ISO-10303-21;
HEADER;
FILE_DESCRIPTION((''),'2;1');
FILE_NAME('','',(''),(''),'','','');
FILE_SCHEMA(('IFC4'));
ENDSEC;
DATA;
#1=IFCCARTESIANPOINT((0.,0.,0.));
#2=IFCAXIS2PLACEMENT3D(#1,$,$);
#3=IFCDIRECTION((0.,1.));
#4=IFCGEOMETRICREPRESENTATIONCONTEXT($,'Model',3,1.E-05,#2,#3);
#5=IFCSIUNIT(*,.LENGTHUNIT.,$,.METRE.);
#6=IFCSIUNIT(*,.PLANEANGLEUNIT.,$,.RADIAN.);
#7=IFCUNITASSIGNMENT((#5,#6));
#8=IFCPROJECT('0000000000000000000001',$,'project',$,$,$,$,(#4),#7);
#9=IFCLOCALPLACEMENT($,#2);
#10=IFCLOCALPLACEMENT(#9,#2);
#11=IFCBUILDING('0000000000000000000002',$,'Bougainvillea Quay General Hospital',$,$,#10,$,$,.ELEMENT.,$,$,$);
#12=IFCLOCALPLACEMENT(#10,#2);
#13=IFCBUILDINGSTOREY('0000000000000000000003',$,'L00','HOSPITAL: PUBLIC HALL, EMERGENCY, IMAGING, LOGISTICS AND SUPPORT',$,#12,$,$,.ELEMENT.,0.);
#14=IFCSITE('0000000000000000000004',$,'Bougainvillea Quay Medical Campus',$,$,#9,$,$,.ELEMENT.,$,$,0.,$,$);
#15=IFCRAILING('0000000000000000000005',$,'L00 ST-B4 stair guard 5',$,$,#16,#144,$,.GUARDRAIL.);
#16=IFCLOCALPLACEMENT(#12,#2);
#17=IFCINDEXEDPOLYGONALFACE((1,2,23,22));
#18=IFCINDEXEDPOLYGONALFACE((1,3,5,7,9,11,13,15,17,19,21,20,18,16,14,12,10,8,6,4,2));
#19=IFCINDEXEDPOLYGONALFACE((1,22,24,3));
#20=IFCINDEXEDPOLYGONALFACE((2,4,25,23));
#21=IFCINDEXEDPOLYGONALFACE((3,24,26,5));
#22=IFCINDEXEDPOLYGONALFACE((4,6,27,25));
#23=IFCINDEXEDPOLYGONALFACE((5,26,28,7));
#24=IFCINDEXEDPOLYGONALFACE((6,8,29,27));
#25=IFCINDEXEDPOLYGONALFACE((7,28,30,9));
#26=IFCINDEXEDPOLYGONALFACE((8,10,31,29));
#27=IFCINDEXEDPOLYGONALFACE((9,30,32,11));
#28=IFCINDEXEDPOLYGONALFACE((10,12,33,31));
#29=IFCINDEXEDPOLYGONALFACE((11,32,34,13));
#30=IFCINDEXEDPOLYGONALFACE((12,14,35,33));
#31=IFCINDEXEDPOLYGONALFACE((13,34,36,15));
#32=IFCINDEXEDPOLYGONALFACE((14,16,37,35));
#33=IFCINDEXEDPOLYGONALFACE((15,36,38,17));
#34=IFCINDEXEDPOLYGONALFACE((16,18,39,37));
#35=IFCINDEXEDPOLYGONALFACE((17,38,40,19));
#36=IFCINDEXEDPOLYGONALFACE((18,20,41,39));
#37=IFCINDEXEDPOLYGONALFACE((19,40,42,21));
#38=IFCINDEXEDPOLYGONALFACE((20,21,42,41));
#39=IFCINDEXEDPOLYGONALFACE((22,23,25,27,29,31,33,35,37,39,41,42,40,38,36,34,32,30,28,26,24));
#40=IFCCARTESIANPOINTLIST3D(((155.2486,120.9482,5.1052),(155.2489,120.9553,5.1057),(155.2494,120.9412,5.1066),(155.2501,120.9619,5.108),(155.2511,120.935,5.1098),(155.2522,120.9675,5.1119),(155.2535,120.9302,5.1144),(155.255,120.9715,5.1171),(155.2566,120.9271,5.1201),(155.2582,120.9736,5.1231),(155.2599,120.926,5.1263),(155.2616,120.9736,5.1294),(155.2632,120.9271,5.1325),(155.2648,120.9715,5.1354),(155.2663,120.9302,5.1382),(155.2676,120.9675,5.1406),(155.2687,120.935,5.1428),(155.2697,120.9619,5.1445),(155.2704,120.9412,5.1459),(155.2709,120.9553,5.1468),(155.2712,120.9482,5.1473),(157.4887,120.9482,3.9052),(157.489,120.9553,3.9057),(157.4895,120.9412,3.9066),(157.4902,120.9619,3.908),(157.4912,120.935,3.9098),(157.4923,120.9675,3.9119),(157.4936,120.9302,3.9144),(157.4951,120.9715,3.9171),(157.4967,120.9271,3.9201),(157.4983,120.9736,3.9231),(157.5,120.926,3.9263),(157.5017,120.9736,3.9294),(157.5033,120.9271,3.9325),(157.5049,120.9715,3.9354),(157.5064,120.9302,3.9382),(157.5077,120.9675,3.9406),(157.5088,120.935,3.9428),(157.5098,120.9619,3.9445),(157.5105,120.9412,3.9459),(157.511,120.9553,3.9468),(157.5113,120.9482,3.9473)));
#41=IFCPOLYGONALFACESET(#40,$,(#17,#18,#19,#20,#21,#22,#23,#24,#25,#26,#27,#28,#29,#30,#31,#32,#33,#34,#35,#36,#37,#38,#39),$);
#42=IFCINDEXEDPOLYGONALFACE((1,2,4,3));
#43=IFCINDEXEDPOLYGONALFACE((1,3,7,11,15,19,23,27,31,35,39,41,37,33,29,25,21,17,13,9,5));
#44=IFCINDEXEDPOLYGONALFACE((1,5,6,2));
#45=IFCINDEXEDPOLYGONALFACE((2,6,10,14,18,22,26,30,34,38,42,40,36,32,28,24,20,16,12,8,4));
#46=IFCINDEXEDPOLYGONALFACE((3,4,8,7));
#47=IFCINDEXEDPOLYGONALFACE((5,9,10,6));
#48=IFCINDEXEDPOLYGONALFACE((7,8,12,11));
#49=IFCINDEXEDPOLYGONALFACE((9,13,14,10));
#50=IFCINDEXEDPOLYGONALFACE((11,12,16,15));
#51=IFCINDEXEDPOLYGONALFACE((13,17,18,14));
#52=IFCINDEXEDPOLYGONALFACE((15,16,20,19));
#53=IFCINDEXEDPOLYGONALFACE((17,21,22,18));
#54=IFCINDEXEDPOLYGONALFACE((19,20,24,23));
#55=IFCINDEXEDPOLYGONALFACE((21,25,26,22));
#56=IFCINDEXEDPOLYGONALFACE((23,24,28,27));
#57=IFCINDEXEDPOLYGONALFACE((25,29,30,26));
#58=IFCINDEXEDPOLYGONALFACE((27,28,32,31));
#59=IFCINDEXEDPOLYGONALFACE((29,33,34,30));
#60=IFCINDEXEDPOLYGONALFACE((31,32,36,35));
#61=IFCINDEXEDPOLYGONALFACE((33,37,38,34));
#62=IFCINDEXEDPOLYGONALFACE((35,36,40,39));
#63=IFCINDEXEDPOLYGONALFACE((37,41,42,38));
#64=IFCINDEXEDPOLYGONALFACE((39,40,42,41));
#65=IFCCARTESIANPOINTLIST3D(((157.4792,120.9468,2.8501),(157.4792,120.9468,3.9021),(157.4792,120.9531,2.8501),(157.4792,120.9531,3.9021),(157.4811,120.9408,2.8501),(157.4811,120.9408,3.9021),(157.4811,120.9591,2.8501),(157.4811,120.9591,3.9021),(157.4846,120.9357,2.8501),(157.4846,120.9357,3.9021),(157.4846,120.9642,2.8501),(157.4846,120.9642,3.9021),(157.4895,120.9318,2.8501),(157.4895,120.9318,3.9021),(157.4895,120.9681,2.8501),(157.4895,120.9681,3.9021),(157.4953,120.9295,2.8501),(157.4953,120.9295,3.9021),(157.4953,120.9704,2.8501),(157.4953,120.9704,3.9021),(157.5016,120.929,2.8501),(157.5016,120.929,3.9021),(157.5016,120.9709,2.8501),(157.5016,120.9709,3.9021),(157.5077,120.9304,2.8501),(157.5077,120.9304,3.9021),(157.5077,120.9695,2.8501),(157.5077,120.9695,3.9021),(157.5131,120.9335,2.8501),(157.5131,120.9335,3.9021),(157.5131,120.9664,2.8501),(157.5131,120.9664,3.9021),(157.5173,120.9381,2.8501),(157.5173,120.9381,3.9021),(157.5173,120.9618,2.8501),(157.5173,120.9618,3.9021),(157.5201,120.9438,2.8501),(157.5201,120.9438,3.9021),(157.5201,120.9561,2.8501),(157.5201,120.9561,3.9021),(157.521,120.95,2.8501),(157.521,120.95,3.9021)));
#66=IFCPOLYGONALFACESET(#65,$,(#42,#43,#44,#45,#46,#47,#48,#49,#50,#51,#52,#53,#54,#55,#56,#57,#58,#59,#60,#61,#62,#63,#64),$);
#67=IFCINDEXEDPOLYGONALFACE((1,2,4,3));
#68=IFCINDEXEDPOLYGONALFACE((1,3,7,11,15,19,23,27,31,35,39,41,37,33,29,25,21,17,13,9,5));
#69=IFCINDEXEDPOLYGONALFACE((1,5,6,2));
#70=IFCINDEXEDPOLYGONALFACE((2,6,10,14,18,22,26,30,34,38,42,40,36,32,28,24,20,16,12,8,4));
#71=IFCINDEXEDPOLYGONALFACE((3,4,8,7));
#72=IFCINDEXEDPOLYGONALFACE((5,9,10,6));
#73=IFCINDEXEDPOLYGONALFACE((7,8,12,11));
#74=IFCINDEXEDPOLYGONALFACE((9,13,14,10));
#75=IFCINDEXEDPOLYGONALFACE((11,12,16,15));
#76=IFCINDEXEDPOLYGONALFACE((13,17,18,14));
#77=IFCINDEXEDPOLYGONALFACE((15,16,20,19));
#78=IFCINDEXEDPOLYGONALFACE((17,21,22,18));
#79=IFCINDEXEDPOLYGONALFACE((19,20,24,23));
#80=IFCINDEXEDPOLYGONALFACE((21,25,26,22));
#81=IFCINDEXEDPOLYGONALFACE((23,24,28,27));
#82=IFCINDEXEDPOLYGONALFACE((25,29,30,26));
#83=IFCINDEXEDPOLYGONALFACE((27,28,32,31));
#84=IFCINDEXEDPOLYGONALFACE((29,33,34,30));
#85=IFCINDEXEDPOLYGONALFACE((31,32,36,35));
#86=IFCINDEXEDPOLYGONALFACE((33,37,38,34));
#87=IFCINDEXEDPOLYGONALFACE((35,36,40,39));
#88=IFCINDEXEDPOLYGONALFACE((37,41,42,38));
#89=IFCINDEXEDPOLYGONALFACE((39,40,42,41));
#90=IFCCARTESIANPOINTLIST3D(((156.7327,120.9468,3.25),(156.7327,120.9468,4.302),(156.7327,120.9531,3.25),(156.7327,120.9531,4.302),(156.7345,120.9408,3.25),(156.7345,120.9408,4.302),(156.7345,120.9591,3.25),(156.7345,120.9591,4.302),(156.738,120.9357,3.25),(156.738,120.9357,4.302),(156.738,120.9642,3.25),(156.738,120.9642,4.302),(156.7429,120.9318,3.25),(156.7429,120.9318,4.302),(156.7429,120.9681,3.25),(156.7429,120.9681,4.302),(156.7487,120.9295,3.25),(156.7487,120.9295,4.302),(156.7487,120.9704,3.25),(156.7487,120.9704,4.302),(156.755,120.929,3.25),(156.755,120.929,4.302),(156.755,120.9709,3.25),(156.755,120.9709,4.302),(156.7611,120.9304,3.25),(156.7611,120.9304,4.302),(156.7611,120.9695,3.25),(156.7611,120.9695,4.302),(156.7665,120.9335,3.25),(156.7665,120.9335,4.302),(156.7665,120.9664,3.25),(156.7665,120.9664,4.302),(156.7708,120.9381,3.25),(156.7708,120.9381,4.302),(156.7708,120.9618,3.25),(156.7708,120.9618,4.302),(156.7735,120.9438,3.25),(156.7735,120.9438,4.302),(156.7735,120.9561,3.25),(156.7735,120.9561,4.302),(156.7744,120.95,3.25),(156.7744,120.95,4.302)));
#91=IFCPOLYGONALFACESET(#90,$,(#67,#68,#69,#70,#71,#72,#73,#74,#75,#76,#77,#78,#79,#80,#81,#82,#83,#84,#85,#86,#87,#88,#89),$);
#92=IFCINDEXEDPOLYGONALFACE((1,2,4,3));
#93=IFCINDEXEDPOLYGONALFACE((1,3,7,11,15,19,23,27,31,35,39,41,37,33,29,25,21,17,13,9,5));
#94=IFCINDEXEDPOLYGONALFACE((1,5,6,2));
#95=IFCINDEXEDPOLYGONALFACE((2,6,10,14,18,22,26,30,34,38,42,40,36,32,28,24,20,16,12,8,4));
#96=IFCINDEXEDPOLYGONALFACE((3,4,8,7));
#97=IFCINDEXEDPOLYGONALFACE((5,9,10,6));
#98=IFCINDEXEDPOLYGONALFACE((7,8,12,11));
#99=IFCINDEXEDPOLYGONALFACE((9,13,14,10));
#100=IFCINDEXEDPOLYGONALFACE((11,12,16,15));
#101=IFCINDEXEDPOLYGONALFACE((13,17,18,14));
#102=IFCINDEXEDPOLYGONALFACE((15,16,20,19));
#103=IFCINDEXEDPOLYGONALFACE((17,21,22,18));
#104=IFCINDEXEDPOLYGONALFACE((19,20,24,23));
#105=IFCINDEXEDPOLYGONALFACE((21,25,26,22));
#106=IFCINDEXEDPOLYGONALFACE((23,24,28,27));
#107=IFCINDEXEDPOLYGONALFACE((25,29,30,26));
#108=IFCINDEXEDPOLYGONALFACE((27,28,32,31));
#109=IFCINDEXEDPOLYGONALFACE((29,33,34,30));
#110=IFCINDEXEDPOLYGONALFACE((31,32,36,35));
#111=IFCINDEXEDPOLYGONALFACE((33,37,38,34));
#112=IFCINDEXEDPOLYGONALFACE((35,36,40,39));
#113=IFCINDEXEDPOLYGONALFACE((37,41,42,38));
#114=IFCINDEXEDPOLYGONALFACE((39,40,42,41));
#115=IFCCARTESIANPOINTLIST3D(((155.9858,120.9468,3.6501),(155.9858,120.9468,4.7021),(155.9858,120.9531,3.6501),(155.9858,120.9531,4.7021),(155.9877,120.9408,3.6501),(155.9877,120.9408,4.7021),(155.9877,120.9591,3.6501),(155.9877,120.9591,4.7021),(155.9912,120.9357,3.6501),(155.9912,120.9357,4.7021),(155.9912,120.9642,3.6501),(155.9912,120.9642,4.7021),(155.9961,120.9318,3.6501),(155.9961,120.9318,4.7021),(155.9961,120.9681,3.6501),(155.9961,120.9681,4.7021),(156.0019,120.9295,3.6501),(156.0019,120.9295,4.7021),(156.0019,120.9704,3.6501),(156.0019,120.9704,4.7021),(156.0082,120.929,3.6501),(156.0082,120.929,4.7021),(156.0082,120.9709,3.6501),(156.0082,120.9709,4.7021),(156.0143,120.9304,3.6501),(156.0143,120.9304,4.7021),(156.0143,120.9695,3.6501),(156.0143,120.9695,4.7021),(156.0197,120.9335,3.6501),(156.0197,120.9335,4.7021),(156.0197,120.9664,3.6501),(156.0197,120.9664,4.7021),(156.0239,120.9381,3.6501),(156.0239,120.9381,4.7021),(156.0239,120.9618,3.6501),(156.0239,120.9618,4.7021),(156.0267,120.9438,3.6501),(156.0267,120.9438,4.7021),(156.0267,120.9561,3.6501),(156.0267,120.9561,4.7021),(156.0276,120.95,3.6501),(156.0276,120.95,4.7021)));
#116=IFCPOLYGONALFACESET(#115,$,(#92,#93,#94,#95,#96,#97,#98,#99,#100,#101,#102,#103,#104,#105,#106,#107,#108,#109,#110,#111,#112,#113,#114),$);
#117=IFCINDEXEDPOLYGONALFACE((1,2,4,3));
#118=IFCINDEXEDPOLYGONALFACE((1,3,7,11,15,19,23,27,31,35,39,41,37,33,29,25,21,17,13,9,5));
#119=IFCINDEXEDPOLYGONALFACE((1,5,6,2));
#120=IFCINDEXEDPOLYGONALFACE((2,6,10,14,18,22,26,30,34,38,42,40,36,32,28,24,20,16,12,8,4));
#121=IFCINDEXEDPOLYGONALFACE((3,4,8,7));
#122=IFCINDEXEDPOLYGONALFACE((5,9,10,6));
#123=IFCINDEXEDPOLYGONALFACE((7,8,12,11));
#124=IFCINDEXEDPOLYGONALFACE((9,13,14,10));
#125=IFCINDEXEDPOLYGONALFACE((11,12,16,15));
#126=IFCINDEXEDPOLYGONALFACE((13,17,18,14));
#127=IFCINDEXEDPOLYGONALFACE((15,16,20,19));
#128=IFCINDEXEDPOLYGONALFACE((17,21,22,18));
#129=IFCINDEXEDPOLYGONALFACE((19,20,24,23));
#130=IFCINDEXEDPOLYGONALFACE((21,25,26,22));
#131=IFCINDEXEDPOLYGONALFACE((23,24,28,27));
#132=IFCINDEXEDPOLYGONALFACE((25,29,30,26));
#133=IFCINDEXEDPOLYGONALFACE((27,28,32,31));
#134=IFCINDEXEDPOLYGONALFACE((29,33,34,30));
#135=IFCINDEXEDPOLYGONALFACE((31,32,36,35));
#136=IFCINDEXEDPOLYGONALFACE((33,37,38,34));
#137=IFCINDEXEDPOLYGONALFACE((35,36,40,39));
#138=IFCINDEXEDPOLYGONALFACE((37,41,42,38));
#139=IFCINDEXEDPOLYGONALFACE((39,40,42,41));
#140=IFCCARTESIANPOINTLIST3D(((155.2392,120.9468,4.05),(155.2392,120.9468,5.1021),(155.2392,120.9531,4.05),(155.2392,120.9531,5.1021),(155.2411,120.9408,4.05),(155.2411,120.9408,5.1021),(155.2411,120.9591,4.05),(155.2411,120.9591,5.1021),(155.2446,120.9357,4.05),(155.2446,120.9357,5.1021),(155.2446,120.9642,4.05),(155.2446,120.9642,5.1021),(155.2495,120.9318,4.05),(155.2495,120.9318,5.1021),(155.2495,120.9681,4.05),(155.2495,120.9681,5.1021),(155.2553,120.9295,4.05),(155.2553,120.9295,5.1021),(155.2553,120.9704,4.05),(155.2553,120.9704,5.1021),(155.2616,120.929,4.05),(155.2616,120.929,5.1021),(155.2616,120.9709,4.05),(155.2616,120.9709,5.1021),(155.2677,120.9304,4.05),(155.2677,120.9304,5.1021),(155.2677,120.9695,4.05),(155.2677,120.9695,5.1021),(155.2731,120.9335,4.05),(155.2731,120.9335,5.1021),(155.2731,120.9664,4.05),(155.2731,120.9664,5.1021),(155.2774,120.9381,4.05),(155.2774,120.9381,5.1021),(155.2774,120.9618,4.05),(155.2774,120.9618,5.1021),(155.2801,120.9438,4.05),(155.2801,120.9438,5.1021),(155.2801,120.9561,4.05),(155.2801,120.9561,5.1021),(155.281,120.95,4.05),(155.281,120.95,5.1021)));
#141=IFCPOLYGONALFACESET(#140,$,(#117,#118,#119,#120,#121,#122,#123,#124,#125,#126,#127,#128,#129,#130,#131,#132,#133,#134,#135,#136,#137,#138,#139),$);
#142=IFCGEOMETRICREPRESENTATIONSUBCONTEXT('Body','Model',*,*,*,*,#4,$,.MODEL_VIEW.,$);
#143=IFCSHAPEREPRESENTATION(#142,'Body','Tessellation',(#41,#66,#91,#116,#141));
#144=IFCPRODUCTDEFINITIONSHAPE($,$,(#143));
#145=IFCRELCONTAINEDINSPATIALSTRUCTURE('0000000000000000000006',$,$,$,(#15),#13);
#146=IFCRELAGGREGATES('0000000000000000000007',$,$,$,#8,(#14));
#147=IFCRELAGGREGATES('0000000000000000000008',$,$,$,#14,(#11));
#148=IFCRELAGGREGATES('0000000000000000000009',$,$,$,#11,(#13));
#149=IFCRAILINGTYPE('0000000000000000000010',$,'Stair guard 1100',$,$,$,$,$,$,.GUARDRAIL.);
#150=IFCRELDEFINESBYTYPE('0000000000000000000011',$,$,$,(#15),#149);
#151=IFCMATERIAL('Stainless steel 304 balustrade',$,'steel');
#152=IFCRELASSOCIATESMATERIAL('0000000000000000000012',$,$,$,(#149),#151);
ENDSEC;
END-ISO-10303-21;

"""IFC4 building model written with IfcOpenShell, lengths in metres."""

from ifc_helpers import new_model, si_unit, direction, frame, origin, origin_2d, place, context, subcontext, project, spatial, circle, extrude, material, type_object, element, save


model = new_model("IFC4")

# Units and contexts
model_context = context("Model", 3, precision=1e-05, world=origin(), true_north=direction((0.0, 1.0)))
body_context = subcontext(model_context, "Body", "Model", "MODEL_VIEW")
ifc_project = project(units=[si_unit("LENGTHUNIT", "METRE"), si_unit("PLANEANGLEUNIT", "RADIAN")], contexts=[model_context])

# Site, building, storey
site_placement = place(None, origin())
site = spatial("IfcSite", under=ifc_project, at=site_placement, Name="Bougainvillea Quay Medical Campus", CompositionType="ELEMENT", RefElevation=0.0)
building_placement = place(site_placement, origin())
building = spatial("IfcBuilding", under=site, at=building_placement, Name="Bougainvillea Quay General Hospital", CompositionType="ELEMENT")
storey_placement = place(building_placement, origin())
storey = spatial("IfcBuildingStorey", under=building, at=storey_placement, Name="L00", Description="HOSPITAL: PUBLIC HALL, EMERGENCY, IMAGING, LOGISTICS AND SUPPORT", CompositionType="ELEMENT", Elevation=0.0)

# Railing
ifc_material_1 = material(Name="Stainless steel 304 balustrade", Category="steel")
railing_type_1 = type_object("IfcRailingType", Name="Stair guard 1100", PredefinedType="GUARDRAIL", material=ifc_material_1)
railing_1_placement = place(storey_placement, frame((157.5, 120.95, 2.8501)))
element("IfcRailing", 1, at=railing_1_placement, inside=storey, type_object=railing_type_1, Name="L00 ST-B4 stair guard 5", PredefinedType="GUARDRAIL", context=body_context, shape_type="SweptSolid", body=[
    extrude(circle(Radius=0.0239, at=origin_2d()), frame((0.0, 0.0, 1.0762), z_axis=(-0.881487, 0.0, 0.472208), x_axis=(0.0, -1.0, 0.0)), (0.0, 0.0, 1.0), 2.5413),
    extrude(circle(Radius=0.021, at=origin_2d()), origin(), (0.0, 0.0, 1.0), 1.052),
    extrude(circle(Radius=0.021, at=origin_2d()), frame((-0.7466, 0.0, 0.3999)), (0.0, 0.0, 1.0), 1.052),
    extrude(circle(Radius=0.021, at=origin_2d()), frame((-1.4934, 0.0, 0.8)), (0.0, 0.0, 1.0), 1.052),
    extrude(circle(Radius=0.021, at=origin_2d()), frame((-2.24, 0.0, 1.2)), (0.0, 0.0, 1.0), 1.052),
])

save(model, "model.ifc")
